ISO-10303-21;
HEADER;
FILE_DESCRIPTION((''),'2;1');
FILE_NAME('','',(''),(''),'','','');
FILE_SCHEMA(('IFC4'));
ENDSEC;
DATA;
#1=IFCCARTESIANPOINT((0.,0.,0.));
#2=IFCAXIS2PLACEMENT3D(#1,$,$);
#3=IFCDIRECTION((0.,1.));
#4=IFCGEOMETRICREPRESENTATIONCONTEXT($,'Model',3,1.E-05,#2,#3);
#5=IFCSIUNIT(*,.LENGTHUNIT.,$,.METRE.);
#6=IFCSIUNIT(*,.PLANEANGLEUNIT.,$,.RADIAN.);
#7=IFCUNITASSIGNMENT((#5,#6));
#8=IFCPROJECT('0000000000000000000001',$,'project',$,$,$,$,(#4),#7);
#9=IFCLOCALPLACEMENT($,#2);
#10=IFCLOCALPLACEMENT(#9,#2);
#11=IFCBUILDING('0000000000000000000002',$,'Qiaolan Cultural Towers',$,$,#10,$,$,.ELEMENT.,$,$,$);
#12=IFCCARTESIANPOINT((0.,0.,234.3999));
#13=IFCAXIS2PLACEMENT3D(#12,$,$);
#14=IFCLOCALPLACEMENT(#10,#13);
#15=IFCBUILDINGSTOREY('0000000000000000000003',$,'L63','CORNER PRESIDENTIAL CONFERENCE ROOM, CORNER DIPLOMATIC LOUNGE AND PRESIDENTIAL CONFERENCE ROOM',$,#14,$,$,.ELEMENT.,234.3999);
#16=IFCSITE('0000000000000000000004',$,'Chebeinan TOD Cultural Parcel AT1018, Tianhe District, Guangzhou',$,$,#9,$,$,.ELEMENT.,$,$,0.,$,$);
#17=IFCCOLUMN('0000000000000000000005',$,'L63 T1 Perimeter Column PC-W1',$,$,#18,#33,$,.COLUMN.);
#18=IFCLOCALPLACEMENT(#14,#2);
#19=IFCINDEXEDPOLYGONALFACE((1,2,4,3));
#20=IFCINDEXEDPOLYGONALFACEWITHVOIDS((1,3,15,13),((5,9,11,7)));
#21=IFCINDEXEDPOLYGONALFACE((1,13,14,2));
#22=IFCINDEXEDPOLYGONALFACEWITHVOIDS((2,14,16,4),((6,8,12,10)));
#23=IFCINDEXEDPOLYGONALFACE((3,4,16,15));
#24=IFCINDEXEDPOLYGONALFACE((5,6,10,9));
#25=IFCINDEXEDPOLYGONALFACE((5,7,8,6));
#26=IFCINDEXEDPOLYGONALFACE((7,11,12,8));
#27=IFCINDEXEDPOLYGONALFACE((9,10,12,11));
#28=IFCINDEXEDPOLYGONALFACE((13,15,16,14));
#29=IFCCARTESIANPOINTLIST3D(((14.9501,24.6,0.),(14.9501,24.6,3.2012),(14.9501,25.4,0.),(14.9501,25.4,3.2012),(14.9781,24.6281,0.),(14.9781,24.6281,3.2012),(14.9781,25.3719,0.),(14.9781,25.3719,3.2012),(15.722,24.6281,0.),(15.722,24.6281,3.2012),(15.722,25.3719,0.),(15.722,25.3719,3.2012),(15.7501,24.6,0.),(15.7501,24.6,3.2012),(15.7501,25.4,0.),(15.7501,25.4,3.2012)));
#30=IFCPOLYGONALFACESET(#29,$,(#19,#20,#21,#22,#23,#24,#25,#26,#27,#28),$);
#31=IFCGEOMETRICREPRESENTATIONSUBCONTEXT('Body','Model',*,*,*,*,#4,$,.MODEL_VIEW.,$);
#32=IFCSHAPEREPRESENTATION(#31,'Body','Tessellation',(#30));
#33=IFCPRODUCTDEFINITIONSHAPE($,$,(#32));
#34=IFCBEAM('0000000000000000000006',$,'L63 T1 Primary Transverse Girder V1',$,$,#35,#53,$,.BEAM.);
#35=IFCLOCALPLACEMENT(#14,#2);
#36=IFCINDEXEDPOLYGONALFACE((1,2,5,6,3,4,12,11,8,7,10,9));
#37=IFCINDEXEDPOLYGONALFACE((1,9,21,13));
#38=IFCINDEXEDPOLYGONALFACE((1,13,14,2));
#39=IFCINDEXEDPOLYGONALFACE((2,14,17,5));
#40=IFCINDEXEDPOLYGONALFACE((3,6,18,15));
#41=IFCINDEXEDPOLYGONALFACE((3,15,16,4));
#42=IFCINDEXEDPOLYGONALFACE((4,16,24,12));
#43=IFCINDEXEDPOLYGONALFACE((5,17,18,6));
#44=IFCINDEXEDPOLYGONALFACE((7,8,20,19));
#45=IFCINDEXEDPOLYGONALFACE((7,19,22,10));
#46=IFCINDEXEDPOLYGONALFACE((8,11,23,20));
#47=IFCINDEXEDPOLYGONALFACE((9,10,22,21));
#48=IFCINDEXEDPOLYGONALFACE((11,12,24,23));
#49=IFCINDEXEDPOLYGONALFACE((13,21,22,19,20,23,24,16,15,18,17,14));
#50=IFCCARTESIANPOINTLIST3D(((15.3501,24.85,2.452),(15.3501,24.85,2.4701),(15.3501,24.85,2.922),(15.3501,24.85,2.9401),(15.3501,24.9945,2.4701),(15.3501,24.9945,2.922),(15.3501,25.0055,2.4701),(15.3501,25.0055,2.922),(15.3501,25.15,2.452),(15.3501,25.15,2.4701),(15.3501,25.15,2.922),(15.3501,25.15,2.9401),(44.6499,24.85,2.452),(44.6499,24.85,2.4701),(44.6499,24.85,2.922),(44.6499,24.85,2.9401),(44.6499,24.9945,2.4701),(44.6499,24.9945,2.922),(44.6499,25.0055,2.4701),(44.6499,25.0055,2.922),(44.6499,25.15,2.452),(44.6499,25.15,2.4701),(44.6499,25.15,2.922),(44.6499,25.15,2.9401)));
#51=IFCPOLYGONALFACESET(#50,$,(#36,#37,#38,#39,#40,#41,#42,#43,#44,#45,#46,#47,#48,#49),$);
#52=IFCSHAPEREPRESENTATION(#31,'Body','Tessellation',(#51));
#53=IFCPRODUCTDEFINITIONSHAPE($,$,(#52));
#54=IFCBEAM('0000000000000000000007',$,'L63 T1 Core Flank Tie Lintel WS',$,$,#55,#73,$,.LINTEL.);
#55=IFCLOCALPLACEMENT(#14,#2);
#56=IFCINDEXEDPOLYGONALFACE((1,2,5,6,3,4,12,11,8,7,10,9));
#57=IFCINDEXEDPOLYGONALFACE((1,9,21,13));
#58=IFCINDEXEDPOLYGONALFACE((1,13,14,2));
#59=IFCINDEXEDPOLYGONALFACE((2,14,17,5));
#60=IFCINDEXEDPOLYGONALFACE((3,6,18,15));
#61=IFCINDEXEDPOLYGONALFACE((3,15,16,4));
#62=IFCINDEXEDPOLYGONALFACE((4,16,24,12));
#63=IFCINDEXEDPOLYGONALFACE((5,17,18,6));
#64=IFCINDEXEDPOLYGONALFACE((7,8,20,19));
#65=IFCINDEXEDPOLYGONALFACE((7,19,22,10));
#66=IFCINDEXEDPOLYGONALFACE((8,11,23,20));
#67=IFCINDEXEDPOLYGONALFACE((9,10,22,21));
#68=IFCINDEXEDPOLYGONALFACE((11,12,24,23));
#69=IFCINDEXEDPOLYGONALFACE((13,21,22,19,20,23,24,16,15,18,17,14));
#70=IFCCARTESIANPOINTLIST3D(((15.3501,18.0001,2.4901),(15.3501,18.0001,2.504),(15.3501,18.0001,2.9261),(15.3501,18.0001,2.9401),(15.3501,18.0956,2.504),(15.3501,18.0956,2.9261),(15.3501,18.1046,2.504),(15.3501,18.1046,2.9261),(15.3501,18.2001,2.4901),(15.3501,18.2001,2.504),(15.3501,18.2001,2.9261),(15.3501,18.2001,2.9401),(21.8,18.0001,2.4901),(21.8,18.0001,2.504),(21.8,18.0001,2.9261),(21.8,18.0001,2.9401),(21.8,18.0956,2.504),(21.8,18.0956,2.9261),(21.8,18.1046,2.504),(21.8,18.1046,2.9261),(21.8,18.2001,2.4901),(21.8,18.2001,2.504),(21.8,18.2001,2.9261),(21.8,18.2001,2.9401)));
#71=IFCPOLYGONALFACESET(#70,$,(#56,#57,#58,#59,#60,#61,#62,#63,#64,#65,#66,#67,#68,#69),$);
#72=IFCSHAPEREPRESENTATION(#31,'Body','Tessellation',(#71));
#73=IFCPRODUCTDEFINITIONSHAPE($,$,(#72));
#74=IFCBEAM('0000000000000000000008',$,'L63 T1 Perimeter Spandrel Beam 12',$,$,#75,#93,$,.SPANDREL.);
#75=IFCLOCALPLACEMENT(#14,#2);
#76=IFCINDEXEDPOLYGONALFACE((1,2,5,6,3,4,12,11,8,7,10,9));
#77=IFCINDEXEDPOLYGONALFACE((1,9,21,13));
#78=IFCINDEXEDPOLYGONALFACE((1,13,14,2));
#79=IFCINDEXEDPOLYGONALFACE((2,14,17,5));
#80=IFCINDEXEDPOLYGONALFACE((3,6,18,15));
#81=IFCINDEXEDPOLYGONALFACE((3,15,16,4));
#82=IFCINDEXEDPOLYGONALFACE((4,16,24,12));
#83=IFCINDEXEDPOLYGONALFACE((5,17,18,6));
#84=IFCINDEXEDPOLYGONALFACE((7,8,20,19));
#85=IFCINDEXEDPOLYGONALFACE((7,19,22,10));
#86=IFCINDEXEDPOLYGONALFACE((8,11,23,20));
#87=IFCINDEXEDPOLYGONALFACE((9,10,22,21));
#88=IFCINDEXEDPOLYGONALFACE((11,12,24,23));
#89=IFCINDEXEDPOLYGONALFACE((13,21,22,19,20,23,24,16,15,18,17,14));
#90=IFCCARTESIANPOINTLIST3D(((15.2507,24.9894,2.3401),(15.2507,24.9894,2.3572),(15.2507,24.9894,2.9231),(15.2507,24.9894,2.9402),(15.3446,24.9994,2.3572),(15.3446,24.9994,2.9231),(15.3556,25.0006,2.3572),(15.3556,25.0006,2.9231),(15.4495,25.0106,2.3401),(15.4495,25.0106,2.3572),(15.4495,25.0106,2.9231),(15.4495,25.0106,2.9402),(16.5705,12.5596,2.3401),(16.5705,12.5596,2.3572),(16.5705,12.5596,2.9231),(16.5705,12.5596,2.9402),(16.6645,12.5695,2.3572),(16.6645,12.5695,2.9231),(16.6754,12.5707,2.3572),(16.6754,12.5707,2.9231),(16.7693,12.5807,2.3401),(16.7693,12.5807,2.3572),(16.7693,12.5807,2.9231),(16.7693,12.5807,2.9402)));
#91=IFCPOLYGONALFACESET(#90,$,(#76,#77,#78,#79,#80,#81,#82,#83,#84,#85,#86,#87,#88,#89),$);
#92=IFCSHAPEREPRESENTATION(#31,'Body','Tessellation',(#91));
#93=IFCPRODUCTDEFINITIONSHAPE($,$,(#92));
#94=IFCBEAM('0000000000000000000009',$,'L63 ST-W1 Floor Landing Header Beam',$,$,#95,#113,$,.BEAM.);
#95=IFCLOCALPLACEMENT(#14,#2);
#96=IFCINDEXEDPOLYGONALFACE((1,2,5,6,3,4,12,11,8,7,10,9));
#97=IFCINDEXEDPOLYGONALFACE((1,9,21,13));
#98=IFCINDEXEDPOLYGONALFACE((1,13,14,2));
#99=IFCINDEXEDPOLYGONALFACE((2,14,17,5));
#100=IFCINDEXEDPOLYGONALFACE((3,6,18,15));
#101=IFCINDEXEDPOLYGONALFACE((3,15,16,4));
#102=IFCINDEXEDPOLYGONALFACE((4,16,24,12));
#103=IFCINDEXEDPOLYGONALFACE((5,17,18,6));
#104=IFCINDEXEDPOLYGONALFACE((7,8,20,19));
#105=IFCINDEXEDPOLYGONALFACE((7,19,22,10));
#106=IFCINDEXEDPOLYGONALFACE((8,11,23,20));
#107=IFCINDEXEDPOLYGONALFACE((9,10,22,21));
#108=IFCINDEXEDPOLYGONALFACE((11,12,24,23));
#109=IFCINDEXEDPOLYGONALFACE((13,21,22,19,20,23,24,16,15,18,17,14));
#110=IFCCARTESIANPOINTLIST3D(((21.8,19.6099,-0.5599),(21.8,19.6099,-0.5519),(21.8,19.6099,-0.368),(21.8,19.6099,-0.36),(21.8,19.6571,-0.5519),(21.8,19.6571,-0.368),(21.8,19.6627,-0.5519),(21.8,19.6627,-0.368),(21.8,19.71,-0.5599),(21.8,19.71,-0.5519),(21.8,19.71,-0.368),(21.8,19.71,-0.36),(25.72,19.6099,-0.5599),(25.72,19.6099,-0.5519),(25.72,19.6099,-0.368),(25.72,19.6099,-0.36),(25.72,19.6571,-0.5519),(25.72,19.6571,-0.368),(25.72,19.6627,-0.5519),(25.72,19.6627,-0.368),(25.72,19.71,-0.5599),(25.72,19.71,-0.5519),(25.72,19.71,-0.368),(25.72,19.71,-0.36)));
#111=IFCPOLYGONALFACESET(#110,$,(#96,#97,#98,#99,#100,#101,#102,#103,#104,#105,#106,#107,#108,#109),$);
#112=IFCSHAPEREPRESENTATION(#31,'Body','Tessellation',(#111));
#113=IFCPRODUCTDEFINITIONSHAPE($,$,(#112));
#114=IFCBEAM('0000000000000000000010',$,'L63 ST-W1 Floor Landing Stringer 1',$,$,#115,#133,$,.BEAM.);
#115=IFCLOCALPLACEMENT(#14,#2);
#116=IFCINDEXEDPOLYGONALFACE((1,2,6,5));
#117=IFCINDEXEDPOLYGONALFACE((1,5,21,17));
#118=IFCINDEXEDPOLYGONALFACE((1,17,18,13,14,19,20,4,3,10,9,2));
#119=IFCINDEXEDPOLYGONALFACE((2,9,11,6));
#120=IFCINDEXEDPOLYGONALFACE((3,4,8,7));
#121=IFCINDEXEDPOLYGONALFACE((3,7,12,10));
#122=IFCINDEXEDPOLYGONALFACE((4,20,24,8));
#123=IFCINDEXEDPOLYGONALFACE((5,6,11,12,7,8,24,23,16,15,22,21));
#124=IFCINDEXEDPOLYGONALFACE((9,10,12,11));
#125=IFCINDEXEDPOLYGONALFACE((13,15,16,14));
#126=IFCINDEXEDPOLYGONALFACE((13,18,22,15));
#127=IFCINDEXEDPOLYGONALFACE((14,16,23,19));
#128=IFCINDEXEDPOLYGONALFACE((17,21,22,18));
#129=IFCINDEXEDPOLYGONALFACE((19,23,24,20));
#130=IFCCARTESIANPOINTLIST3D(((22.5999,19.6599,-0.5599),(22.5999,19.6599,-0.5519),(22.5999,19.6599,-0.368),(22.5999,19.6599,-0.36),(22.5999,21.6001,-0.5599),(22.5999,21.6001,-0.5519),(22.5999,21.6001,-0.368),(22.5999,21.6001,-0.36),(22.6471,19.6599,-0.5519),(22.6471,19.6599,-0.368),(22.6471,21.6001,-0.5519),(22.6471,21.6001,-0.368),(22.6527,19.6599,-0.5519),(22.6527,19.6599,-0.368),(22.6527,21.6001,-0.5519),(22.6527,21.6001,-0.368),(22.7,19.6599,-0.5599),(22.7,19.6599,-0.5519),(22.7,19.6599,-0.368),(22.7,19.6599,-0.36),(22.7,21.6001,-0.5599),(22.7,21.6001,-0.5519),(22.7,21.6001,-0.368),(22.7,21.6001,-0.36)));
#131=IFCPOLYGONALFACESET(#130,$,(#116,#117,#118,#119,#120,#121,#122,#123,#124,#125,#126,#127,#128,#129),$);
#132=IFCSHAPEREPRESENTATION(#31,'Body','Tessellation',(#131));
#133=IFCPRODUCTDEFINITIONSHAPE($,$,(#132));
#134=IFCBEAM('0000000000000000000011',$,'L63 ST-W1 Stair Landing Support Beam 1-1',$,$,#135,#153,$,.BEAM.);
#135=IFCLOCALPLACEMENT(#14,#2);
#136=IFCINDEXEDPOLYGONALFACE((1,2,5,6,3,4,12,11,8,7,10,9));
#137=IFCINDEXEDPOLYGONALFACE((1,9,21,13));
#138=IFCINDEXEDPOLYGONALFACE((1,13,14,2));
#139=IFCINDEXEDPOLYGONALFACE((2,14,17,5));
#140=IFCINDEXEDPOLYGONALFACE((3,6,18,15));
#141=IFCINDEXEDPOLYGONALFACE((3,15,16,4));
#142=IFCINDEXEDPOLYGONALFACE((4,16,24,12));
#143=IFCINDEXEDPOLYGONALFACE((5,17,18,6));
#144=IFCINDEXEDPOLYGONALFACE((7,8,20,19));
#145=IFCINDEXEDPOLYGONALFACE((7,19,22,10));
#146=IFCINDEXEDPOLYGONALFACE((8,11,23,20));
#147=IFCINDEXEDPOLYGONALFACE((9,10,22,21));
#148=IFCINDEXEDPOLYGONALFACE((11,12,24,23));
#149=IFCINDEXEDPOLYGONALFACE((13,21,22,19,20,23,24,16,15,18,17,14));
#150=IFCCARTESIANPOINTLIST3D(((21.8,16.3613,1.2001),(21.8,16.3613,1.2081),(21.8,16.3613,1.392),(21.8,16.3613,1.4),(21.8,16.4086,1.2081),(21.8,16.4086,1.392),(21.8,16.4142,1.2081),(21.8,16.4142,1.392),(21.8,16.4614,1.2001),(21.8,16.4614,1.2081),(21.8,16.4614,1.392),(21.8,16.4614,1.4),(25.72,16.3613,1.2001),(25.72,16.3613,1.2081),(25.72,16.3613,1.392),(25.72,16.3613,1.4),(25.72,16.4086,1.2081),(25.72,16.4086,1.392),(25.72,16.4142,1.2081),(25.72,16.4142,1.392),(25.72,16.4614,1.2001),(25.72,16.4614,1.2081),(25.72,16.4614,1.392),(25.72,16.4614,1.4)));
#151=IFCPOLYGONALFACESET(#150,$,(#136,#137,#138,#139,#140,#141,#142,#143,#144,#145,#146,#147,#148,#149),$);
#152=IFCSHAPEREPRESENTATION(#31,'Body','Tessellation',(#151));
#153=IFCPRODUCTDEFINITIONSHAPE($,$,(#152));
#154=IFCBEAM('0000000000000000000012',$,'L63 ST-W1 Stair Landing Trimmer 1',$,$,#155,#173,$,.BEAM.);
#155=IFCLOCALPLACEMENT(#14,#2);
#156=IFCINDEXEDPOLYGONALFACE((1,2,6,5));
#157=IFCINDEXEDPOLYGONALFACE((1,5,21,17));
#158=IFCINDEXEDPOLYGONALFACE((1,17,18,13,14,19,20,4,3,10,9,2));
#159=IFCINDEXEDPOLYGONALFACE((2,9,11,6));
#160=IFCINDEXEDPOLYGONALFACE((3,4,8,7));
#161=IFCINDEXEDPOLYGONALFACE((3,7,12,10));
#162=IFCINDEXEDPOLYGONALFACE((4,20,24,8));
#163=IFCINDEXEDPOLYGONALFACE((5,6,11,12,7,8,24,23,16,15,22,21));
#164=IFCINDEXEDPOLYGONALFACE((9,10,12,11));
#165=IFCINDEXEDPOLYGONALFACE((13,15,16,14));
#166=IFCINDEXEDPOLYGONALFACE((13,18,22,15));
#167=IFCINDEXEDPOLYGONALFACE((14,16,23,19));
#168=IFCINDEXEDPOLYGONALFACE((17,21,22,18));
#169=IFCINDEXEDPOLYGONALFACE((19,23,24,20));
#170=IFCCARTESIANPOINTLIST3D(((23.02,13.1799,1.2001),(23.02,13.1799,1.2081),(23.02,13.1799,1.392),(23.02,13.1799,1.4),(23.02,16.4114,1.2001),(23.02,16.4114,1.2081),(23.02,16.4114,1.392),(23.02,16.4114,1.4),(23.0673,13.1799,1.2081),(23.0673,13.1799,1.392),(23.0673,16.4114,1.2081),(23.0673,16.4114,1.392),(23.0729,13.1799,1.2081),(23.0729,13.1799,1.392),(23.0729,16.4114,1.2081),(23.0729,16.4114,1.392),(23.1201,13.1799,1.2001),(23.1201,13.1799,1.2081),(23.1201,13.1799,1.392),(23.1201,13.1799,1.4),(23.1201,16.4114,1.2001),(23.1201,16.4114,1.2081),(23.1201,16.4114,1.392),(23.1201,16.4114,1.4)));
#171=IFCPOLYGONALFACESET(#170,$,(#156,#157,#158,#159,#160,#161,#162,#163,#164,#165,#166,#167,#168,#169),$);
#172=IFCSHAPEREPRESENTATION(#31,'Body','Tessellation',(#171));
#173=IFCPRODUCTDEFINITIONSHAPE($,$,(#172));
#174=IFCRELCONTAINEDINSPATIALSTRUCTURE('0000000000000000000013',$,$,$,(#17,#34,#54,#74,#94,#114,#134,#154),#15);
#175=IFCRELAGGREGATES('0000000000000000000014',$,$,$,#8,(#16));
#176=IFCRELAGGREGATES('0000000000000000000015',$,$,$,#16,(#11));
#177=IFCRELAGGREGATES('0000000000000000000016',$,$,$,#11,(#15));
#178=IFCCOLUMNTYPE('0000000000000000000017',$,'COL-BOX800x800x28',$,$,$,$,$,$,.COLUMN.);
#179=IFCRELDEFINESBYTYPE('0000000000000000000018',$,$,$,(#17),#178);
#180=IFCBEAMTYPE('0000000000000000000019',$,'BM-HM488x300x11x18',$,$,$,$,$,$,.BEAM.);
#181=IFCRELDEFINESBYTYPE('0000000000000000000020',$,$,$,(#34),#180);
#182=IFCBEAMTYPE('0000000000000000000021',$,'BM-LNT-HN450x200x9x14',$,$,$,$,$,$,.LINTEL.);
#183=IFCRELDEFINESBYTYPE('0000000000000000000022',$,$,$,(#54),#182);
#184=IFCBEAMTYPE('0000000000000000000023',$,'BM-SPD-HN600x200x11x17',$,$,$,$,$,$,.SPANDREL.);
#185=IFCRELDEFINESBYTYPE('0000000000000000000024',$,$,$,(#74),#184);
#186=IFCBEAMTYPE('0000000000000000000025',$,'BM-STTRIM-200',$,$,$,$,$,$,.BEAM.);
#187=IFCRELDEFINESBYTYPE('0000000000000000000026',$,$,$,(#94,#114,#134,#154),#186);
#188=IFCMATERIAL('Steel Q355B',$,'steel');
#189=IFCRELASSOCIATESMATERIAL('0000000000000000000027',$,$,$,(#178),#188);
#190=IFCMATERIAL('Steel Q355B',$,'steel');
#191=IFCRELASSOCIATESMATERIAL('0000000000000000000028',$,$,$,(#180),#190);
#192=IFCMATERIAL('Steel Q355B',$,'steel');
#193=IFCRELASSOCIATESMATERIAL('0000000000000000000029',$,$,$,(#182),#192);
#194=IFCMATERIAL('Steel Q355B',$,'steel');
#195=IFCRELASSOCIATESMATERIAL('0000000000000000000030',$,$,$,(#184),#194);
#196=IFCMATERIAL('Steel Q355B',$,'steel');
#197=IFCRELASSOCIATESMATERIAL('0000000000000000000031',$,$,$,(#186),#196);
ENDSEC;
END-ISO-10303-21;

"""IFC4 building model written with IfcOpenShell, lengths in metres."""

from ifc_helpers import new_model, si_unit, direction, frame, origin, origin_2d, place, context, subcontext, project, spatial, hollow_rectangle, i_section, extrude, material, material_profile, profile_set, type_object, element, save


model = new_model("IFC4")

# Units and contexts
model_context = context("Model", 3, precision=1e-05, world=origin(), true_north=direction((0.0, 1.0)))
body_context = subcontext(model_context, "Body", "Model", "MODEL_VIEW")
ifc_project = project(units=[si_unit("LENGTHUNIT", "METRE"), si_unit("PLANEANGLEUNIT", "RADIAN")], contexts=[model_context])

# Site, building, storey
site_placement = place(None, origin())
site = spatial("IfcSite", under=ifc_project, at=site_placement, Name="Chebeinan TOD Cultural Parcel AT1018, Tianhe District, Guangzhou", CompositionType="ELEMENT", RefElevation=0.0)
building_placement = place(site_placement, origin())
building = spatial("IfcBuilding", under=site, at=building_placement, Name="Qiaolan Cultural Towers", CompositionType="ELEMENT")
storey_placement = place(building_placement, frame((0.0, 0.0, 234.3999)))
storey = spatial("IfcBuildingStorey", under=building, at=storey_placement, Name="L63", Description="CORNER PRESIDENTIAL CONFERENCE ROOM, CORNER DIPLOMATIC LOUNGE AND PRESIDENTIAL CONFERENCE ROOM", CompositionType="ELEMENT", Elevation=234.3999)

# Column
ifc_material_1 = material(Name="Steel Q355B", Category="steel")
ifc_material_profile_1 = material_profile(ifc_material_1, hollow_rectangle(XDim=0.8, YDim=0.8, WallThickness=0.0281, at=origin_2d()), Name="BOX800x800x28")
ifc_profile_set_1 = profile_set([ifc_material_profile_1], Name="Steel Q355B")
column_type = type_object("IfcColumnType", Name="COL-BOX800x800x28", PredefinedType="COLUMN", material=ifc_profile_set_1)
column_placement = place(storey_placement, frame((15.3501, 25.0, 0.0), z_axis=(0.0, 0.0, 1.0), x_axis=(1.0, 0.0, 0.0)))
element("IfcColumn", 1, at=column_placement, inside=storey, type_object=column_type, Name="L63 T1 Perimeter Column PC-W1", PredefinedType="COLUMN", context=body_context, shape_type="SweptSolid", body=[
    extrude(hollow_rectangle(XDim=0.8, YDim=0.8, WallThickness=0.0281, at=origin_2d()), origin(), (0.0, 0.0, 1.0), 3.2012),
])

# Beams
ifc_material_2 = material(Name="Steel Q355B", Category="steel")
ifc_material_profile_2 = material_profile(ifc_material_2, i_section(OverallWidth=0.3, OverallDepth=0.488, WebThickness=0.011, FlangeThickness=0.0181, at=origin_2d()), Name="HM488x300x11x18")
ifc_profile_set_2 = profile_set([ifc_material_profile_2], Name="Steel Q355B")
beam_type_1 = type_object("IfcBeamType", Name="BM-HM488x300x11x18", PredefinedType="BEAM", material=ifc_profile_set_2)
beam_1_placement = place(storey_placement, frame((15.3501, 25.0, 2.696), z_axis=(1.0, 0.0, 0.0), x_axis=(0.0, 1.0, 0.0)))
element("IfcBeam", 2, at=beam_1_placement, inside=storey, type_object=beam_type_1, Name="L63 T1 Primary Transverse Girder V1", PredefinedType="BEAM", context=body_context, shape_type="SweptSolid", body=[
    extrude(i_section(OverallWidth=0.3, OverallDepth=0.488, WebThickness=0.011, FlangeThickness=0.0181, at=origin_2d()), origin(), (0.0, 0.0, 1.0), 29.2998),
])
ifc_material_3 = material(Name="Steel Q355B", Category="steel")
ifc_material_profile_3 = material_profile(ifc_material_3, i_section(OverallWidth=0.2, OverallDepth=0.45, WebThickness=0.009, FlangeThickness=0.0139, at=origin_2d()), Name="HN450x200x9x14")
ifc_profile_set_3 = profile_set([ifc_material_profile_3], Name="Steel Q355B")
beam_type_2 = type_object("IfcBeamType", Name="BM-LNT-HN450x200x9x14", PredefinedType="LINTEL", material=ifc_profile_set_3)
beam_2_placement = place(storey_placement, frame((21.8, 18.1001, 2.7151), z_axis=(-1.0, 0.0, 0.0), x_axis=(0.0, -1.0, 0.0)))
element("IfcBeam", 3, at=beam_2_placement, inside=storey, type_object=beam_type_2, Name="L63 T1 Core Flank Tie Lintel WS", PredefinedType="LINTEL", context=body_context, shape_type="SweptSolid", body=[
    extrude(i_section(OverallWidth=0.2, OverallDepth=0.45, WebThickness=0.009, FlangeThickness=0.0139, at=origin_2d()), origin(), (0.0, 0.0, 1.0), 6.45),
])
ifc_material_4 = material(Name="Steel Q355B", Category="steel")
ifc_material_profile_4 = material_profile(ifc_material_4, i_section(OverallWidth=0.2, OverallDepth=0.6001, WebThickness=0.011, FlangeThickness=0.0171, at=origin_2d()), Name="HN600x200x11x17")
ifc_profile_set_4 = profile_set([ifc_material_profile_4], Name="Steel Q355B")
beam_type_3 = type_object("IfcBeamType", Name="BM-SPD-HN600x200x11x17", PredefinedType="SPANDREL", material=ifc_profile_set_4)
beam_3_placement = place(storey_placement, frame((15.3501, 25.0, 2.6401), z_axis=(0.105588, -0.99441, 0.0), x_axis=(0.99441, 0.105588, 0.0)))
element("IfcBeam", 4, at=beam_3_placement, inside=storey, type_object=beam_type_3, Name="L63 T1 Perimeter Spandrel Beam 12", PredefinedType="SPANDREL", context=body_context, shape_type="SweptSolid", body=[
    extrude(i_section(OverallWidth=0.2, OverallDepth=0.6001, WebThickness=0.011, FlangeThickness=0.0171, at=origin_2d()), origin(), (0.0, 0.0, 1.0), 12.4998),
])
ifc_material_5 = material(Name="Steel Q355B", Category="steel")
ifc_material_profile_5 = material_profile(ifc_material_5, i_section(OverallWidth=0.1001, OverallDepth=0.2, WebThickness=0.0056, FlangeThickness=0.0081, at=origin_2d()), Name="HN200x100x5.5x8")
ifc_profile_set_5 = profile_set([ifc_material_profile_5], Name="Steel Q355B")
beam_type_4 = type_object("IfcBeamType", Name="BM-STTRIM-200", PredefinedType="BEAM", material=ifc_profile_set_5)
beam_4_placement = place(storey_placement, frame((21.8, 19.6599, -0.46), z_axis=(1.0, 0.0, 0.0), x_axis=(0.0, 1.0, 0.0)))
element("IfcBeam", 5, at=beam_4_placement, inside=storey, type_object=beam_type_4, Name="L63 ST-W1 Floor Landing Header Beam", PredefinedType="BEAM", context=body_context, shape_type="SweptSolid", body=[
    extrude(i_section(OverallWidth=0.1001, OverallDepth=0.2, WebThickness=0.0056, FlangeThickness=0.0081, at=origin_2d()), origin(), (0.0, 0.0, 1.0), 3.9199),
])
beam_5_placement = place(storey_placement, frame((22.6499, 21.6001, -0.46), z_axis=(0.0, -1.0, 0.0), x_axis=(1.0, 0.0, 0.0)))
element("IfcBeam", 6, at=beam_5_placement, inside=storey, type_object=beam_type_4, Name="L63 ST-W1 Floor Landing Stringer 1", PredefinedType="BEAM", context=body_context, shape_type="SweptSolid", body=[
    extrude(i_section(OverallWidth=0.1001, OverallDepth=0.2, WebThickness=0.0056, FlangeThickness=0.0081, at=origin_2d()), origin(), (0.0, 0.0, 1.0), 1.9402),
])
beam_6_placement = place(storey_placement, frame((21.8, 16.4114, 1.3), z_axis=(1.0, 0.0, 0.0), x_axis=(0.0, 1.0, 0.0)))
element("IfcBeam", 7, at=beam_6_placement, inside=storey, type_object=beam_type_4, Name="L63 ST-W1 Stair Landing Support Beam 1-1", PredefinedType="BEAM", context=body_context, shape_type="SweptSolid", body=[
    extrude(i_section(OverallWidth=0.1001, OverallDepth=0.2, WebThickness=0.0056, FlangeThickness=0.0081, at=origin_2d()), origin(), (0.0, 0.0, 1.0), 3.9199),
])
beam_7_placement = place(storey_placement, frame((23.0701, 16.4114, 1.3), z_axis=(0.0, -1.0, 0.0), x_axis=(1.0, 0.0, 0.0)))
element("IfcBeam", 8, at=beam_7_placement, inside=storey, type_object=beam_type_4, Name="L63 ST-W1 Stair Landing Trimmer 1", PredefinedType="BEAM", context=body_context, shape_type="SweptSolid", body=[
    extrude(i_section(OverallWidth=0.1001, OverallDepth=0.2, WebThickness=0.0056, FlangeThickness=0.0081, at=origin_2d()), origin(), (0.0, 0.0, 1.0), 3.2314),
])

save(model, "model.ifc")
